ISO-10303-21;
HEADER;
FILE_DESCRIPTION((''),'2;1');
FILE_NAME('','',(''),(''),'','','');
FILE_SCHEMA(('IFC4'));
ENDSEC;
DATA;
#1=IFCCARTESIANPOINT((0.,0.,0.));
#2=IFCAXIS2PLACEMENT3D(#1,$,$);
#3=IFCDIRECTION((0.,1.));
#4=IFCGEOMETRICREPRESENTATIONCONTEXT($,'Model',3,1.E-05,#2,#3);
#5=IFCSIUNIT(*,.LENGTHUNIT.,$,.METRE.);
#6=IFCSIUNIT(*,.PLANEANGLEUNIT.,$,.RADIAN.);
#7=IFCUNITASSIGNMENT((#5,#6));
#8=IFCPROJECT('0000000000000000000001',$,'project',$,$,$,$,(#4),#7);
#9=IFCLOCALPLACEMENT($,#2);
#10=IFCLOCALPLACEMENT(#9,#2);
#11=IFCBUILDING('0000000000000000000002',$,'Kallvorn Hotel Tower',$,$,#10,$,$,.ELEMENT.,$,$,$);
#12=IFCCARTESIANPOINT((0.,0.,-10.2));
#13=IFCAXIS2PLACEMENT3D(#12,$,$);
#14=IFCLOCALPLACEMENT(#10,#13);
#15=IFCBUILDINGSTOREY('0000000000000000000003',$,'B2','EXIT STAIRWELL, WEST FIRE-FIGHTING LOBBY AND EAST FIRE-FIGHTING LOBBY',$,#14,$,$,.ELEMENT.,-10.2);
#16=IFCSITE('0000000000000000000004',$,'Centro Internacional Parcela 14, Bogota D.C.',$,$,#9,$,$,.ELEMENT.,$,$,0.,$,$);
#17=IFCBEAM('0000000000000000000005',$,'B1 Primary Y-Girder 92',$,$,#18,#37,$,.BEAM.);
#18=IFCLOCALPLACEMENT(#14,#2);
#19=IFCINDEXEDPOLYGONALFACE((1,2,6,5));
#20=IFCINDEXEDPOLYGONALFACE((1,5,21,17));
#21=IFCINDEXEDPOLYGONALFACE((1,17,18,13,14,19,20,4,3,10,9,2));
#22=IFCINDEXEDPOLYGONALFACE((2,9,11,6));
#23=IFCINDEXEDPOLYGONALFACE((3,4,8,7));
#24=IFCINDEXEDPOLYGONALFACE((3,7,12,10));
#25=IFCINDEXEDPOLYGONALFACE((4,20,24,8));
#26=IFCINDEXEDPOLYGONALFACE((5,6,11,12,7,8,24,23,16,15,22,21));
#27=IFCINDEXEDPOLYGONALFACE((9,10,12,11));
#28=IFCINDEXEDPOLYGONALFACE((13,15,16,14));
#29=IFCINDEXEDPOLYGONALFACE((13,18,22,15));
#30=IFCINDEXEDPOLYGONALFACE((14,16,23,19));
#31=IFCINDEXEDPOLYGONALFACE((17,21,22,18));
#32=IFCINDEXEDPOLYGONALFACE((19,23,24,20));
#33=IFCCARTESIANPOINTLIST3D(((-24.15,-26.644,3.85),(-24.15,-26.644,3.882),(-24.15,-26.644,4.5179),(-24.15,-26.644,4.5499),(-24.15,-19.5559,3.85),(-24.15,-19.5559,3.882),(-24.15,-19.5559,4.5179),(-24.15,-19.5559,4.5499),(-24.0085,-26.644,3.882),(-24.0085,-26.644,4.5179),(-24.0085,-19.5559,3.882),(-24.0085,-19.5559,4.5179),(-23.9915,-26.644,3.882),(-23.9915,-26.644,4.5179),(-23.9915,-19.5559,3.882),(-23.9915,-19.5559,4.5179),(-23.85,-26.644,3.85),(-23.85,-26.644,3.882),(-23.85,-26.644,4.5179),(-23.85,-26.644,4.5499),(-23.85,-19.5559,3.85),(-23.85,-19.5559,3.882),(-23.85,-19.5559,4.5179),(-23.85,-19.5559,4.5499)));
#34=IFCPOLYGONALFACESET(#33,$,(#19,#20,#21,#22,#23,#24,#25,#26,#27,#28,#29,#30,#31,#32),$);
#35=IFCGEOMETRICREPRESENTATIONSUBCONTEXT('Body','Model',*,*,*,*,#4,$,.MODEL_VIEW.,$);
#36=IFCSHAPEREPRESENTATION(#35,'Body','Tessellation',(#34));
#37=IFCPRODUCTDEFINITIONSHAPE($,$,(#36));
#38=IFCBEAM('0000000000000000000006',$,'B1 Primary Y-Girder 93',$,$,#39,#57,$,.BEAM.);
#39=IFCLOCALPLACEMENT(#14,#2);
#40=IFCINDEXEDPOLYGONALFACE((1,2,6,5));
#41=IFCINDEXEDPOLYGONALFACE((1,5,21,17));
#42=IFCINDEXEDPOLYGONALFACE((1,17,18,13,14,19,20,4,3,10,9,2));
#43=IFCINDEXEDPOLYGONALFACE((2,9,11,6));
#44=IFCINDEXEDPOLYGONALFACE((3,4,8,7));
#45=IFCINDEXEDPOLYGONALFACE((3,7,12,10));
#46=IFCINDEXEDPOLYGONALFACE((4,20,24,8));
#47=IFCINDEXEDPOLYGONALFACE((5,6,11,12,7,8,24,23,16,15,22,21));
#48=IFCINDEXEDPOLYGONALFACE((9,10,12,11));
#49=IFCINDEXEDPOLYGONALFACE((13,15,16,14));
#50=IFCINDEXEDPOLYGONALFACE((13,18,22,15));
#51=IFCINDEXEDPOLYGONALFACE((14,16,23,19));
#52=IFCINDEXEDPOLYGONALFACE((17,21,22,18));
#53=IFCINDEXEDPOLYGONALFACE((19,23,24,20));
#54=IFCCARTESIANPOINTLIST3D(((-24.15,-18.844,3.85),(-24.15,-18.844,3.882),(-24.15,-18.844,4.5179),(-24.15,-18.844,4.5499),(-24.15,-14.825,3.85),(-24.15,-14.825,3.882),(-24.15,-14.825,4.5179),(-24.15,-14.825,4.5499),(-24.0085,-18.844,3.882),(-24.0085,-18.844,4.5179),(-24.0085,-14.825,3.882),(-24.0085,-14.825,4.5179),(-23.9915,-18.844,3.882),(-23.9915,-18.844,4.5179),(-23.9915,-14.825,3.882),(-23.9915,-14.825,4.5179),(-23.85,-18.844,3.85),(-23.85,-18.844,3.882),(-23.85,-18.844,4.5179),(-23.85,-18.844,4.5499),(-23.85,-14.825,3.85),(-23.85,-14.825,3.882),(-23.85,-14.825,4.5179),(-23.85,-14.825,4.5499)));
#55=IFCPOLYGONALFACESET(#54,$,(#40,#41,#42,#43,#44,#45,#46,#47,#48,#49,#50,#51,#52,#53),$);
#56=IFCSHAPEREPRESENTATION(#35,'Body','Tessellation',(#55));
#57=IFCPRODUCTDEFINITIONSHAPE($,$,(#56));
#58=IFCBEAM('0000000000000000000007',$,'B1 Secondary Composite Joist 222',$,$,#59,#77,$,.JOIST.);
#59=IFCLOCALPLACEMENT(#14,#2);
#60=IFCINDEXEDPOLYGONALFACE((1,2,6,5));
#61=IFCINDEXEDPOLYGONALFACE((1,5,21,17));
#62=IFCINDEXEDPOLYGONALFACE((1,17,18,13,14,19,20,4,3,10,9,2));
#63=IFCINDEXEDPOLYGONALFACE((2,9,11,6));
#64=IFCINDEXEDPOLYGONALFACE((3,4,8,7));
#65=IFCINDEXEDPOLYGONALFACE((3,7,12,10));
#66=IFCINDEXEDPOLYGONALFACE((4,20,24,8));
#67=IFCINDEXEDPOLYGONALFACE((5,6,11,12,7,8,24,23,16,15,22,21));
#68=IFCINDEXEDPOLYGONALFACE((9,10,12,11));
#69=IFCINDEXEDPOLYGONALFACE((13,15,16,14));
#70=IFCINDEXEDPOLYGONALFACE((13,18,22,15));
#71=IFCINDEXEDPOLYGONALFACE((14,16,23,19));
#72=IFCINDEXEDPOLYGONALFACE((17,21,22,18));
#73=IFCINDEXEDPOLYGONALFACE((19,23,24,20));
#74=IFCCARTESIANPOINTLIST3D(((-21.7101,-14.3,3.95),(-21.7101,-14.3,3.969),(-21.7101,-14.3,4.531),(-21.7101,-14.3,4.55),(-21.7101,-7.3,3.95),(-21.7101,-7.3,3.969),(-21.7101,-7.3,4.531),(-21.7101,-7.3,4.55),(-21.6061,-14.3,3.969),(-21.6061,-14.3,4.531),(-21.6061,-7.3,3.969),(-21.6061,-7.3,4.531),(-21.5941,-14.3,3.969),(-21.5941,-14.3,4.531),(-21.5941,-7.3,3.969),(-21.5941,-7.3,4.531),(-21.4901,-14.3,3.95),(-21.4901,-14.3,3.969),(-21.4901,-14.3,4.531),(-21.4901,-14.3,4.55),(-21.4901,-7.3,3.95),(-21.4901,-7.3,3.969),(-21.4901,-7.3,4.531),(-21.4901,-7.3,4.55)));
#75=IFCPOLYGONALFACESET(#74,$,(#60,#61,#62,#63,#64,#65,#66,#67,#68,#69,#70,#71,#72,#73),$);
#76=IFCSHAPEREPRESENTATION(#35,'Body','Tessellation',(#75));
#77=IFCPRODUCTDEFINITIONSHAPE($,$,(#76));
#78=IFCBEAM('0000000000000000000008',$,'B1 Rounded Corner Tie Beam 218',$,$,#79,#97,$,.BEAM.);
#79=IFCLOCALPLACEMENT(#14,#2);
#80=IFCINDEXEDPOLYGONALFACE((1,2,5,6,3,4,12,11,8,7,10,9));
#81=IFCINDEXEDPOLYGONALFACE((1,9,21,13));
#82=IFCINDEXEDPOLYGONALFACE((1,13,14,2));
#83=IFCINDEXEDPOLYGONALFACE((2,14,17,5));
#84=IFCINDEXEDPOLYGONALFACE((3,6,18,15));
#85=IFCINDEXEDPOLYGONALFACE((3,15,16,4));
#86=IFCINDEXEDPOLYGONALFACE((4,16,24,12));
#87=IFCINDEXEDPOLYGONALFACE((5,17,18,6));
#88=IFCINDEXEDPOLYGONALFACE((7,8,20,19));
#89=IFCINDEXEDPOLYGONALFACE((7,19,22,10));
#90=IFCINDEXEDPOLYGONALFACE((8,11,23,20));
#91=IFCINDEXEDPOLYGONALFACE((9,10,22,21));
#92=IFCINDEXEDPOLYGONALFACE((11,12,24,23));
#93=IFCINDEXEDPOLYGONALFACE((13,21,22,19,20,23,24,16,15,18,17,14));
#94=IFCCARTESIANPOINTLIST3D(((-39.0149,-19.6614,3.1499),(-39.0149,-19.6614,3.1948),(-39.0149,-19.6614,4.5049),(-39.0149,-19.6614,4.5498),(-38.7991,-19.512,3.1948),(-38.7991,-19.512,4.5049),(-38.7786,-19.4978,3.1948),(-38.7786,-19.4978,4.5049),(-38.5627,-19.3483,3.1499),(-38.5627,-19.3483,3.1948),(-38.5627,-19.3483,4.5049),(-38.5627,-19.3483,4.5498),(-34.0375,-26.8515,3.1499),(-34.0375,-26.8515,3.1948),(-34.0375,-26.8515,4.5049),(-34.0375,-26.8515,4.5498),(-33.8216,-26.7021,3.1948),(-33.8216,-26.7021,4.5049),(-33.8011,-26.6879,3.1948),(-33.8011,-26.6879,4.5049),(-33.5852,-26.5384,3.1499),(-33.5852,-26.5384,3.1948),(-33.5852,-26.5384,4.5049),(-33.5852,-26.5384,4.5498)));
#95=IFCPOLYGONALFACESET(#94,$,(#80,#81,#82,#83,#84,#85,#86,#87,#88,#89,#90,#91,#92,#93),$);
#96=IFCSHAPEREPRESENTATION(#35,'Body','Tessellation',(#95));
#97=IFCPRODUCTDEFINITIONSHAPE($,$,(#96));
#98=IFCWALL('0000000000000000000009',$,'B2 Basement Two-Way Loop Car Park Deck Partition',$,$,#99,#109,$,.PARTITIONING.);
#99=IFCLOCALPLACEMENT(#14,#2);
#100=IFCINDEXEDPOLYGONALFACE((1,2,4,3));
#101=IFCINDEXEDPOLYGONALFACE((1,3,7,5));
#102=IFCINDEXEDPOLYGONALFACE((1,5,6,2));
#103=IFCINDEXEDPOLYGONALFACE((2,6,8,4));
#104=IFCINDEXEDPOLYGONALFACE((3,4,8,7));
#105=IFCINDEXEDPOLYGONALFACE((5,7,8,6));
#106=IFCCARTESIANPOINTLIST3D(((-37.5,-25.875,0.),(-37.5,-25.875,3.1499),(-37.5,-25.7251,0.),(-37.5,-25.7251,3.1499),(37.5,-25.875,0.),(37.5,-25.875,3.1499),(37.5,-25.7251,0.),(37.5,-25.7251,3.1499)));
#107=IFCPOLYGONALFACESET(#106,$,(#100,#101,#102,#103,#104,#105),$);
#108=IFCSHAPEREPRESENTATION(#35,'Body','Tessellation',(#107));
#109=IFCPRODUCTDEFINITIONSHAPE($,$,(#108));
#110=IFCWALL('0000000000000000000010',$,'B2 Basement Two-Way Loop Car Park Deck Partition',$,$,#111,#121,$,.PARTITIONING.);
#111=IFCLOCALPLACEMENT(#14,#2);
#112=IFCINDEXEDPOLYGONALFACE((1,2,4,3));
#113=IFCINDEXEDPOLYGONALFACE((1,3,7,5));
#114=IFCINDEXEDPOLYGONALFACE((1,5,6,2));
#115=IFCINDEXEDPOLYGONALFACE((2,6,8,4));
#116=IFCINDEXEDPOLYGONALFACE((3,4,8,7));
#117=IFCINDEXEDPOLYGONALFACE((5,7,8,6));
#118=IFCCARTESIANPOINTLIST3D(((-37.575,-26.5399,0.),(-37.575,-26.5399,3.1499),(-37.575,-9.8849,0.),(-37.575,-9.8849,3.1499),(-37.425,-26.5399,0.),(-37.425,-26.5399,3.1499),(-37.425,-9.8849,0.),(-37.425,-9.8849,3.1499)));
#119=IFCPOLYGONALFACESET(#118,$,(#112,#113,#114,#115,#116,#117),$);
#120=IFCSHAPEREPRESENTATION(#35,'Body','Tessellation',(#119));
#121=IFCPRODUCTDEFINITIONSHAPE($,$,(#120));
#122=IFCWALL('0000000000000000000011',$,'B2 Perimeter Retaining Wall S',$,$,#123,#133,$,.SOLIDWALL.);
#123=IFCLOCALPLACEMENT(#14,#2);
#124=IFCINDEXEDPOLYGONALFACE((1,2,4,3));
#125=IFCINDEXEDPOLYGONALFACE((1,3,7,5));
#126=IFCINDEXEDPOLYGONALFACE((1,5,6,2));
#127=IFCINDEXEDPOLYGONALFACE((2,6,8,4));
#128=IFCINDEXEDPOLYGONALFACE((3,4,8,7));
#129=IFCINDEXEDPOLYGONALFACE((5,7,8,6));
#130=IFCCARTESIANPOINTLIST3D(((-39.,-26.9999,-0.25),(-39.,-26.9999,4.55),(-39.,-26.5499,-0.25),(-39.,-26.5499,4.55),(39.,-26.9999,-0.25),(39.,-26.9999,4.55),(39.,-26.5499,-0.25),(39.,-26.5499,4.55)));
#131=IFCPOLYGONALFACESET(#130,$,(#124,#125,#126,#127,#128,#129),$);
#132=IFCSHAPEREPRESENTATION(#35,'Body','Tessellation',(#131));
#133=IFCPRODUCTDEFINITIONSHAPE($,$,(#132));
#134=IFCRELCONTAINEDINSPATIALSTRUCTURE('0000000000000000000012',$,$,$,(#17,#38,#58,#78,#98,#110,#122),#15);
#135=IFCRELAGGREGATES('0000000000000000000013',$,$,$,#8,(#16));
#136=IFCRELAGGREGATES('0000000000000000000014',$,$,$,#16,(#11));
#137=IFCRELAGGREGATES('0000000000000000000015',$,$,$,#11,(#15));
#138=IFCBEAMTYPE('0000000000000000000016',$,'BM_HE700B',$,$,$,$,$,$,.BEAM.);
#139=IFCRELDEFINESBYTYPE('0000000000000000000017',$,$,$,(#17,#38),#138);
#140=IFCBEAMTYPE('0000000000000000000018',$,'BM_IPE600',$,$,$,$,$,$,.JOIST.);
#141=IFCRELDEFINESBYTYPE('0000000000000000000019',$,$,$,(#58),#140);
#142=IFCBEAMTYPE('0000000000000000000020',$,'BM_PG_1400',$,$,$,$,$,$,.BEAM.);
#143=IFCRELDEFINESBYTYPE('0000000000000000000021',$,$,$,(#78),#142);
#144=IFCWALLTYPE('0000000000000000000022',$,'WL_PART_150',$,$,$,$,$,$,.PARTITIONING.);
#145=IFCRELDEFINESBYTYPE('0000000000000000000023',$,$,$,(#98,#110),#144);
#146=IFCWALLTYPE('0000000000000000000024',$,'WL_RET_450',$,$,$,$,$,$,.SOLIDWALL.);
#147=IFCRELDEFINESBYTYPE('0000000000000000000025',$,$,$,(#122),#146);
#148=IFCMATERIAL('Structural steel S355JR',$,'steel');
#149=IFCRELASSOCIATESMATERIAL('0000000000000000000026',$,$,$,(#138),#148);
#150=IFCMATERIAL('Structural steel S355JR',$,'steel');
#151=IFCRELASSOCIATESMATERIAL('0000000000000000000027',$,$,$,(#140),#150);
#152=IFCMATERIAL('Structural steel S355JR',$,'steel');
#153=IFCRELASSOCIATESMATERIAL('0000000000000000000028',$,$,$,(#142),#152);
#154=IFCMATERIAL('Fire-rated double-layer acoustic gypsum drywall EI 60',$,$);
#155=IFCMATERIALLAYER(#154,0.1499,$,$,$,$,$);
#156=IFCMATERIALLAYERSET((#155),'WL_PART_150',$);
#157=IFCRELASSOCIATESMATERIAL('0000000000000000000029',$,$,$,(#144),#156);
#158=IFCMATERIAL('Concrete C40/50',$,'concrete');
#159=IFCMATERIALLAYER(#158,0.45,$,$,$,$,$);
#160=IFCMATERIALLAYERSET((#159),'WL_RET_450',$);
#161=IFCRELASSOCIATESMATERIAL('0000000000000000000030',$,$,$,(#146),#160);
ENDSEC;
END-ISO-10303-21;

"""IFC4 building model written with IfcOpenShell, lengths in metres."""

from ifc_helpers import new_model, si_unit, direction, frame, frame_2d, origin, origin_2d, place, context, subcontext, project, spatial, rectangle, i_section, extrude, material, layer, layer_set, material_profile, profile_set, type_object, element, save


model = new_model("IFC4")

# Units and contexts
model_context = context("Model", 3, precision=1e-05, world=origin(), true_north=direction((0.0, 1.0)))
body_context = subcontext(model_context, "Body", "Model", "MODEL_VIEW")
ifc_project = project(units=[si_unit("LENGTHUNIT", "METRE"), si_unit("PLANEANGLEUNIT", "RADIAN")], contexts=[model_context])

# Site, building, storey
site_placement = place(None, origin())
site = spatial("IfcSite", under=ifc_project, at=site_placement, Name="Centro Internacional Parcela 14, Bogota D.C.", CompositionType="ELEMENT", RefElevation=0.0)
building_placement = place(site_placement, origin())
building = spatial("IfcBuilding", under=site, at=building_placement, Name="Kallvorn Hotel Tower", CompositionType="ELEMENT")
storey_placement = place(building_placement, frame((0.0, 0.0, -10.2)))
storey = spatial("IfcBuildingStorey", under=building, at=storey_placement, Name="B2", Description="EXIT STAIRWELL, WEST FIRE-FIGHTING LOBBY AND EAST FIRE-FIGHTING LOBBY", CompositionType="ELEMENT", Elevation=-10.2)

# Beams
ifc_material_1 = material(Name="Structural steel S355JR", Category="steel")
ifc_material_profile_1 = material_profile(ifc_material_1, i_section(OverallWidth=0.3, OverallDepth=0.7, WebThickness=0.0171, FlangeThickness=0.032, at=origin_2d()), Name="HE 700 B")
ifc_profile_set_1 = profile_set([ifc_material_profile_1], Name="Structural steel S355JR")
beam_type_1 = type_object("IfcBeamType", Name="BM_HE700B", PredefinedType="BEAM", material=ifc_profile_set_1)
beam_1_placement = place(storey_placement, frame((-24.0, -26.644, 4.2), z_axis=(0.0, 1.0, 0.0), x_axis=(-1.0, 0.0, 0.0)))
element("IfcBeam", 1, at=beam_1_placement, inside=storey, type_object=beam_type_1, Name="B1 Primary Y-Girder 92", PredefinedType="BEAM", context=body_context, shape_type="SweptSolid", body=[
    extrude(i_section(OverallWidth=0.3, OverallDepth=0.7, WebThickness=0.0171, FlangeThickness=0.032, at=origin_2d()), origin(), (0.0, 0.0, 1.0), 7.0881),
])
beam_2_placement = place(storey_placement, frame((-24.0, -18.844, 4.2), z_axis=(0.0, 1.0, 0.0), x_axis=(-1.0, 0.0, 0.0)))
element("IfcBeam", 2, at=beam_2_placement, inside=storey, type_object=beam_type_1, Name="B1 Primary Y-Girder 93", PredefinedType="BEAM", context=body_context, shape_type="SweptSolid", body=[
    extrude(i_section(OverallWidth=0.3, OverallDepth=0.7, WebThickness=0.0171, FlangeThickness=0.032, at=origin_2d()), origin(), (0.0, 0.0, 1.0), 4.019),
])
ifc_material_2 = material(Name="Structural steel S355JR", Category="steel")
ifc_material_profile_2 = material_profile(ifc_material_2, i_section(OverallWidth=0.22, OverallDepth=0.6001, WebThickness=0.012, FlangeThickness=0.019, at=origin_2d()), Name="IPE 600")
ifc_profile_set_2 = profile_set([ifc_material_profile_2], Name="Structural steel S355JR")
beam_type_2 = type_object("IfcBeamType", Name="BM_IPE600", PredefinedType="JOIST", material=ifc_profile_set_2)
beam_3_placement = place(storey_placement, frame((-21.6001, -14.3, 4.25), z_axis=(0.0, 1.0, 0.0), x_axis=(-1.0, 0.0, 0.0)))
element("IfcBeam", 3, at=beam_3_placement, inside=storey, type_object=beam_type_2, Name="B1 Secondary Composite Joist 222", PredefinedType="JOIST", context=body_context, shape_type="SweptSolid", body=[
    extrude(i_section(OverallWidth=0.22, OverallDepth=0.6001, WebThickness=0.012, FlangeThickness=0.019, at=origin_2d()), origin(), (0.0, 0.0, 1.0), 7.0),
])
ifc_material_3 = material(Name="Structural steel S355JR", Category="steel")
ifc_material_profile_3 = material_profile(ifc_material_3, i_section(OverallWidth=0.55, OverallDepth=1.3999, WebThickness=0.0249, FlangeThickness=0.0449, at=origin_2d()), Name="PG 1400x550x25x45")
ifc_profile_set_3 = profile_set([ifc_material_profile_3], Name="Structural steel S355JR")
beam_type_3 = type_object("IfcBeamType", Name="BM_PG_1400", PredefinedType="BEAM", material=ifc_profile_set_3)
beam_4_placement = place(storey_placement, frame((-38.7888, -19.5049, 3.8499), z_axis=(0.569188, -0.822207, 0.0), x_axis=(0.822207, 0.569188, 0.0)))
element("IfcBeam", 4, at=beam_4_placement, inside=storey, type_object=beam_type_3, Name="B1 Rounded Corner Tie Beam 218", PredefinedType="BEAM", context=body_context, shape_type="SweptSolid", body=[
    extrude(i_section(OverallWidth=0.55, OverallDepth=1.3999, WebThickness=0.0249, FlangeThickness=0.0449, at=origin_2d()), origin(), (0.0, 0.0, 1.0), 8.7449),
])

# Walls
ifc_material_4 = material(Name="Fire-rated double-layer acoustic gypsum drywall EI 60")
ifc_layer_1 = layer(ifc_material_4, 0.1499)
ifc_layer_set_1 = layer_set([ifc_layer_1], Name="WL_PART_150")
wall_type_1 = type_object("IfcWallType", Name="WL_PART_150", PredefinedType="PARTITIONING", material=ifc_layer_set_1)
wall_1_placement = place(storey_placement, frame((-37.5, -25.8, 0.0), z_axis=(0.0, 0.0, 1.0), x_axis=(1.0, 0.0, 0.0)))
element("IfcWall", 5, at=wall_1_placement, inside=storey, type_object=wall_type_1, Name="B2 Basement Two-Way Loop Car Park Deck Partition", PredefinedType="PARTITIONING", context=body_context, shape_type="SweptSolid", body=[
    extrude(rectangle(XDim=75.0, YDim=0.1499, at=frame_2d((37.5, 0.0))), origin(), (0.0, 0.0, 1.0), 3.1499),
])
wall_2_placement = place(storey_placement, frame((-37.5, -26.54, 0.0), z_axis=(0.0, 0.0, 1.0), x_axis=(0.0, 1.0, 0.0)))
element("IfcWall", 6, at=wall_2_placement, inside=storey, type_object=wall_type_1, Name="B2 Basement Two-Way Loop Car Park Deck Partition", PredefinedType="PARTITIONING", context=body_context, shape_type="SweptSolid", body=[
    extrude(rectangle(XDim=16.655, YDim=0.1499, at=frame_2d((8.3276, 0.0))), origin(), (0.0, 0.0, 1.0), 3.1499),
])
ifc_material_5 = material(Name="Concrete C40/50", Category="concrete")
ifc_layer_2 = layer(ifc_material_5, 0.45)
ifc_layer_set_2 = layer_set([ifc_layer_2], Name="WL_RET_450")
wall_type_2 = type_object("IfcWallType", Name="WL_RET_450", PredefinedType="SOLIDWALL", material=ifc_layer_set_2)
wall_3_placement = place(storey_placement, frame((-39.0, -26.7749, -0.25), z_axis=(0.0, 0.0, 1.0), x_axis=(1.0, 0.0, 0.0)))
element("IfcWall", 7, at=wall_3_placement, inside=storey, type_object=wall_type_2, Name="B2 Perimeter Retaining Wall S", PredefinedType="SOLIDWALL", context=body_context, shape_type="SweptSolid", body=[
    extrude(rectangle(XDim=78.0, YDim=0.45, at=frame_2d((39.0, 0.0))), origin(), (0.0, 0.0, 1.0), 4.8),
])

save(model, "model.ifc")
